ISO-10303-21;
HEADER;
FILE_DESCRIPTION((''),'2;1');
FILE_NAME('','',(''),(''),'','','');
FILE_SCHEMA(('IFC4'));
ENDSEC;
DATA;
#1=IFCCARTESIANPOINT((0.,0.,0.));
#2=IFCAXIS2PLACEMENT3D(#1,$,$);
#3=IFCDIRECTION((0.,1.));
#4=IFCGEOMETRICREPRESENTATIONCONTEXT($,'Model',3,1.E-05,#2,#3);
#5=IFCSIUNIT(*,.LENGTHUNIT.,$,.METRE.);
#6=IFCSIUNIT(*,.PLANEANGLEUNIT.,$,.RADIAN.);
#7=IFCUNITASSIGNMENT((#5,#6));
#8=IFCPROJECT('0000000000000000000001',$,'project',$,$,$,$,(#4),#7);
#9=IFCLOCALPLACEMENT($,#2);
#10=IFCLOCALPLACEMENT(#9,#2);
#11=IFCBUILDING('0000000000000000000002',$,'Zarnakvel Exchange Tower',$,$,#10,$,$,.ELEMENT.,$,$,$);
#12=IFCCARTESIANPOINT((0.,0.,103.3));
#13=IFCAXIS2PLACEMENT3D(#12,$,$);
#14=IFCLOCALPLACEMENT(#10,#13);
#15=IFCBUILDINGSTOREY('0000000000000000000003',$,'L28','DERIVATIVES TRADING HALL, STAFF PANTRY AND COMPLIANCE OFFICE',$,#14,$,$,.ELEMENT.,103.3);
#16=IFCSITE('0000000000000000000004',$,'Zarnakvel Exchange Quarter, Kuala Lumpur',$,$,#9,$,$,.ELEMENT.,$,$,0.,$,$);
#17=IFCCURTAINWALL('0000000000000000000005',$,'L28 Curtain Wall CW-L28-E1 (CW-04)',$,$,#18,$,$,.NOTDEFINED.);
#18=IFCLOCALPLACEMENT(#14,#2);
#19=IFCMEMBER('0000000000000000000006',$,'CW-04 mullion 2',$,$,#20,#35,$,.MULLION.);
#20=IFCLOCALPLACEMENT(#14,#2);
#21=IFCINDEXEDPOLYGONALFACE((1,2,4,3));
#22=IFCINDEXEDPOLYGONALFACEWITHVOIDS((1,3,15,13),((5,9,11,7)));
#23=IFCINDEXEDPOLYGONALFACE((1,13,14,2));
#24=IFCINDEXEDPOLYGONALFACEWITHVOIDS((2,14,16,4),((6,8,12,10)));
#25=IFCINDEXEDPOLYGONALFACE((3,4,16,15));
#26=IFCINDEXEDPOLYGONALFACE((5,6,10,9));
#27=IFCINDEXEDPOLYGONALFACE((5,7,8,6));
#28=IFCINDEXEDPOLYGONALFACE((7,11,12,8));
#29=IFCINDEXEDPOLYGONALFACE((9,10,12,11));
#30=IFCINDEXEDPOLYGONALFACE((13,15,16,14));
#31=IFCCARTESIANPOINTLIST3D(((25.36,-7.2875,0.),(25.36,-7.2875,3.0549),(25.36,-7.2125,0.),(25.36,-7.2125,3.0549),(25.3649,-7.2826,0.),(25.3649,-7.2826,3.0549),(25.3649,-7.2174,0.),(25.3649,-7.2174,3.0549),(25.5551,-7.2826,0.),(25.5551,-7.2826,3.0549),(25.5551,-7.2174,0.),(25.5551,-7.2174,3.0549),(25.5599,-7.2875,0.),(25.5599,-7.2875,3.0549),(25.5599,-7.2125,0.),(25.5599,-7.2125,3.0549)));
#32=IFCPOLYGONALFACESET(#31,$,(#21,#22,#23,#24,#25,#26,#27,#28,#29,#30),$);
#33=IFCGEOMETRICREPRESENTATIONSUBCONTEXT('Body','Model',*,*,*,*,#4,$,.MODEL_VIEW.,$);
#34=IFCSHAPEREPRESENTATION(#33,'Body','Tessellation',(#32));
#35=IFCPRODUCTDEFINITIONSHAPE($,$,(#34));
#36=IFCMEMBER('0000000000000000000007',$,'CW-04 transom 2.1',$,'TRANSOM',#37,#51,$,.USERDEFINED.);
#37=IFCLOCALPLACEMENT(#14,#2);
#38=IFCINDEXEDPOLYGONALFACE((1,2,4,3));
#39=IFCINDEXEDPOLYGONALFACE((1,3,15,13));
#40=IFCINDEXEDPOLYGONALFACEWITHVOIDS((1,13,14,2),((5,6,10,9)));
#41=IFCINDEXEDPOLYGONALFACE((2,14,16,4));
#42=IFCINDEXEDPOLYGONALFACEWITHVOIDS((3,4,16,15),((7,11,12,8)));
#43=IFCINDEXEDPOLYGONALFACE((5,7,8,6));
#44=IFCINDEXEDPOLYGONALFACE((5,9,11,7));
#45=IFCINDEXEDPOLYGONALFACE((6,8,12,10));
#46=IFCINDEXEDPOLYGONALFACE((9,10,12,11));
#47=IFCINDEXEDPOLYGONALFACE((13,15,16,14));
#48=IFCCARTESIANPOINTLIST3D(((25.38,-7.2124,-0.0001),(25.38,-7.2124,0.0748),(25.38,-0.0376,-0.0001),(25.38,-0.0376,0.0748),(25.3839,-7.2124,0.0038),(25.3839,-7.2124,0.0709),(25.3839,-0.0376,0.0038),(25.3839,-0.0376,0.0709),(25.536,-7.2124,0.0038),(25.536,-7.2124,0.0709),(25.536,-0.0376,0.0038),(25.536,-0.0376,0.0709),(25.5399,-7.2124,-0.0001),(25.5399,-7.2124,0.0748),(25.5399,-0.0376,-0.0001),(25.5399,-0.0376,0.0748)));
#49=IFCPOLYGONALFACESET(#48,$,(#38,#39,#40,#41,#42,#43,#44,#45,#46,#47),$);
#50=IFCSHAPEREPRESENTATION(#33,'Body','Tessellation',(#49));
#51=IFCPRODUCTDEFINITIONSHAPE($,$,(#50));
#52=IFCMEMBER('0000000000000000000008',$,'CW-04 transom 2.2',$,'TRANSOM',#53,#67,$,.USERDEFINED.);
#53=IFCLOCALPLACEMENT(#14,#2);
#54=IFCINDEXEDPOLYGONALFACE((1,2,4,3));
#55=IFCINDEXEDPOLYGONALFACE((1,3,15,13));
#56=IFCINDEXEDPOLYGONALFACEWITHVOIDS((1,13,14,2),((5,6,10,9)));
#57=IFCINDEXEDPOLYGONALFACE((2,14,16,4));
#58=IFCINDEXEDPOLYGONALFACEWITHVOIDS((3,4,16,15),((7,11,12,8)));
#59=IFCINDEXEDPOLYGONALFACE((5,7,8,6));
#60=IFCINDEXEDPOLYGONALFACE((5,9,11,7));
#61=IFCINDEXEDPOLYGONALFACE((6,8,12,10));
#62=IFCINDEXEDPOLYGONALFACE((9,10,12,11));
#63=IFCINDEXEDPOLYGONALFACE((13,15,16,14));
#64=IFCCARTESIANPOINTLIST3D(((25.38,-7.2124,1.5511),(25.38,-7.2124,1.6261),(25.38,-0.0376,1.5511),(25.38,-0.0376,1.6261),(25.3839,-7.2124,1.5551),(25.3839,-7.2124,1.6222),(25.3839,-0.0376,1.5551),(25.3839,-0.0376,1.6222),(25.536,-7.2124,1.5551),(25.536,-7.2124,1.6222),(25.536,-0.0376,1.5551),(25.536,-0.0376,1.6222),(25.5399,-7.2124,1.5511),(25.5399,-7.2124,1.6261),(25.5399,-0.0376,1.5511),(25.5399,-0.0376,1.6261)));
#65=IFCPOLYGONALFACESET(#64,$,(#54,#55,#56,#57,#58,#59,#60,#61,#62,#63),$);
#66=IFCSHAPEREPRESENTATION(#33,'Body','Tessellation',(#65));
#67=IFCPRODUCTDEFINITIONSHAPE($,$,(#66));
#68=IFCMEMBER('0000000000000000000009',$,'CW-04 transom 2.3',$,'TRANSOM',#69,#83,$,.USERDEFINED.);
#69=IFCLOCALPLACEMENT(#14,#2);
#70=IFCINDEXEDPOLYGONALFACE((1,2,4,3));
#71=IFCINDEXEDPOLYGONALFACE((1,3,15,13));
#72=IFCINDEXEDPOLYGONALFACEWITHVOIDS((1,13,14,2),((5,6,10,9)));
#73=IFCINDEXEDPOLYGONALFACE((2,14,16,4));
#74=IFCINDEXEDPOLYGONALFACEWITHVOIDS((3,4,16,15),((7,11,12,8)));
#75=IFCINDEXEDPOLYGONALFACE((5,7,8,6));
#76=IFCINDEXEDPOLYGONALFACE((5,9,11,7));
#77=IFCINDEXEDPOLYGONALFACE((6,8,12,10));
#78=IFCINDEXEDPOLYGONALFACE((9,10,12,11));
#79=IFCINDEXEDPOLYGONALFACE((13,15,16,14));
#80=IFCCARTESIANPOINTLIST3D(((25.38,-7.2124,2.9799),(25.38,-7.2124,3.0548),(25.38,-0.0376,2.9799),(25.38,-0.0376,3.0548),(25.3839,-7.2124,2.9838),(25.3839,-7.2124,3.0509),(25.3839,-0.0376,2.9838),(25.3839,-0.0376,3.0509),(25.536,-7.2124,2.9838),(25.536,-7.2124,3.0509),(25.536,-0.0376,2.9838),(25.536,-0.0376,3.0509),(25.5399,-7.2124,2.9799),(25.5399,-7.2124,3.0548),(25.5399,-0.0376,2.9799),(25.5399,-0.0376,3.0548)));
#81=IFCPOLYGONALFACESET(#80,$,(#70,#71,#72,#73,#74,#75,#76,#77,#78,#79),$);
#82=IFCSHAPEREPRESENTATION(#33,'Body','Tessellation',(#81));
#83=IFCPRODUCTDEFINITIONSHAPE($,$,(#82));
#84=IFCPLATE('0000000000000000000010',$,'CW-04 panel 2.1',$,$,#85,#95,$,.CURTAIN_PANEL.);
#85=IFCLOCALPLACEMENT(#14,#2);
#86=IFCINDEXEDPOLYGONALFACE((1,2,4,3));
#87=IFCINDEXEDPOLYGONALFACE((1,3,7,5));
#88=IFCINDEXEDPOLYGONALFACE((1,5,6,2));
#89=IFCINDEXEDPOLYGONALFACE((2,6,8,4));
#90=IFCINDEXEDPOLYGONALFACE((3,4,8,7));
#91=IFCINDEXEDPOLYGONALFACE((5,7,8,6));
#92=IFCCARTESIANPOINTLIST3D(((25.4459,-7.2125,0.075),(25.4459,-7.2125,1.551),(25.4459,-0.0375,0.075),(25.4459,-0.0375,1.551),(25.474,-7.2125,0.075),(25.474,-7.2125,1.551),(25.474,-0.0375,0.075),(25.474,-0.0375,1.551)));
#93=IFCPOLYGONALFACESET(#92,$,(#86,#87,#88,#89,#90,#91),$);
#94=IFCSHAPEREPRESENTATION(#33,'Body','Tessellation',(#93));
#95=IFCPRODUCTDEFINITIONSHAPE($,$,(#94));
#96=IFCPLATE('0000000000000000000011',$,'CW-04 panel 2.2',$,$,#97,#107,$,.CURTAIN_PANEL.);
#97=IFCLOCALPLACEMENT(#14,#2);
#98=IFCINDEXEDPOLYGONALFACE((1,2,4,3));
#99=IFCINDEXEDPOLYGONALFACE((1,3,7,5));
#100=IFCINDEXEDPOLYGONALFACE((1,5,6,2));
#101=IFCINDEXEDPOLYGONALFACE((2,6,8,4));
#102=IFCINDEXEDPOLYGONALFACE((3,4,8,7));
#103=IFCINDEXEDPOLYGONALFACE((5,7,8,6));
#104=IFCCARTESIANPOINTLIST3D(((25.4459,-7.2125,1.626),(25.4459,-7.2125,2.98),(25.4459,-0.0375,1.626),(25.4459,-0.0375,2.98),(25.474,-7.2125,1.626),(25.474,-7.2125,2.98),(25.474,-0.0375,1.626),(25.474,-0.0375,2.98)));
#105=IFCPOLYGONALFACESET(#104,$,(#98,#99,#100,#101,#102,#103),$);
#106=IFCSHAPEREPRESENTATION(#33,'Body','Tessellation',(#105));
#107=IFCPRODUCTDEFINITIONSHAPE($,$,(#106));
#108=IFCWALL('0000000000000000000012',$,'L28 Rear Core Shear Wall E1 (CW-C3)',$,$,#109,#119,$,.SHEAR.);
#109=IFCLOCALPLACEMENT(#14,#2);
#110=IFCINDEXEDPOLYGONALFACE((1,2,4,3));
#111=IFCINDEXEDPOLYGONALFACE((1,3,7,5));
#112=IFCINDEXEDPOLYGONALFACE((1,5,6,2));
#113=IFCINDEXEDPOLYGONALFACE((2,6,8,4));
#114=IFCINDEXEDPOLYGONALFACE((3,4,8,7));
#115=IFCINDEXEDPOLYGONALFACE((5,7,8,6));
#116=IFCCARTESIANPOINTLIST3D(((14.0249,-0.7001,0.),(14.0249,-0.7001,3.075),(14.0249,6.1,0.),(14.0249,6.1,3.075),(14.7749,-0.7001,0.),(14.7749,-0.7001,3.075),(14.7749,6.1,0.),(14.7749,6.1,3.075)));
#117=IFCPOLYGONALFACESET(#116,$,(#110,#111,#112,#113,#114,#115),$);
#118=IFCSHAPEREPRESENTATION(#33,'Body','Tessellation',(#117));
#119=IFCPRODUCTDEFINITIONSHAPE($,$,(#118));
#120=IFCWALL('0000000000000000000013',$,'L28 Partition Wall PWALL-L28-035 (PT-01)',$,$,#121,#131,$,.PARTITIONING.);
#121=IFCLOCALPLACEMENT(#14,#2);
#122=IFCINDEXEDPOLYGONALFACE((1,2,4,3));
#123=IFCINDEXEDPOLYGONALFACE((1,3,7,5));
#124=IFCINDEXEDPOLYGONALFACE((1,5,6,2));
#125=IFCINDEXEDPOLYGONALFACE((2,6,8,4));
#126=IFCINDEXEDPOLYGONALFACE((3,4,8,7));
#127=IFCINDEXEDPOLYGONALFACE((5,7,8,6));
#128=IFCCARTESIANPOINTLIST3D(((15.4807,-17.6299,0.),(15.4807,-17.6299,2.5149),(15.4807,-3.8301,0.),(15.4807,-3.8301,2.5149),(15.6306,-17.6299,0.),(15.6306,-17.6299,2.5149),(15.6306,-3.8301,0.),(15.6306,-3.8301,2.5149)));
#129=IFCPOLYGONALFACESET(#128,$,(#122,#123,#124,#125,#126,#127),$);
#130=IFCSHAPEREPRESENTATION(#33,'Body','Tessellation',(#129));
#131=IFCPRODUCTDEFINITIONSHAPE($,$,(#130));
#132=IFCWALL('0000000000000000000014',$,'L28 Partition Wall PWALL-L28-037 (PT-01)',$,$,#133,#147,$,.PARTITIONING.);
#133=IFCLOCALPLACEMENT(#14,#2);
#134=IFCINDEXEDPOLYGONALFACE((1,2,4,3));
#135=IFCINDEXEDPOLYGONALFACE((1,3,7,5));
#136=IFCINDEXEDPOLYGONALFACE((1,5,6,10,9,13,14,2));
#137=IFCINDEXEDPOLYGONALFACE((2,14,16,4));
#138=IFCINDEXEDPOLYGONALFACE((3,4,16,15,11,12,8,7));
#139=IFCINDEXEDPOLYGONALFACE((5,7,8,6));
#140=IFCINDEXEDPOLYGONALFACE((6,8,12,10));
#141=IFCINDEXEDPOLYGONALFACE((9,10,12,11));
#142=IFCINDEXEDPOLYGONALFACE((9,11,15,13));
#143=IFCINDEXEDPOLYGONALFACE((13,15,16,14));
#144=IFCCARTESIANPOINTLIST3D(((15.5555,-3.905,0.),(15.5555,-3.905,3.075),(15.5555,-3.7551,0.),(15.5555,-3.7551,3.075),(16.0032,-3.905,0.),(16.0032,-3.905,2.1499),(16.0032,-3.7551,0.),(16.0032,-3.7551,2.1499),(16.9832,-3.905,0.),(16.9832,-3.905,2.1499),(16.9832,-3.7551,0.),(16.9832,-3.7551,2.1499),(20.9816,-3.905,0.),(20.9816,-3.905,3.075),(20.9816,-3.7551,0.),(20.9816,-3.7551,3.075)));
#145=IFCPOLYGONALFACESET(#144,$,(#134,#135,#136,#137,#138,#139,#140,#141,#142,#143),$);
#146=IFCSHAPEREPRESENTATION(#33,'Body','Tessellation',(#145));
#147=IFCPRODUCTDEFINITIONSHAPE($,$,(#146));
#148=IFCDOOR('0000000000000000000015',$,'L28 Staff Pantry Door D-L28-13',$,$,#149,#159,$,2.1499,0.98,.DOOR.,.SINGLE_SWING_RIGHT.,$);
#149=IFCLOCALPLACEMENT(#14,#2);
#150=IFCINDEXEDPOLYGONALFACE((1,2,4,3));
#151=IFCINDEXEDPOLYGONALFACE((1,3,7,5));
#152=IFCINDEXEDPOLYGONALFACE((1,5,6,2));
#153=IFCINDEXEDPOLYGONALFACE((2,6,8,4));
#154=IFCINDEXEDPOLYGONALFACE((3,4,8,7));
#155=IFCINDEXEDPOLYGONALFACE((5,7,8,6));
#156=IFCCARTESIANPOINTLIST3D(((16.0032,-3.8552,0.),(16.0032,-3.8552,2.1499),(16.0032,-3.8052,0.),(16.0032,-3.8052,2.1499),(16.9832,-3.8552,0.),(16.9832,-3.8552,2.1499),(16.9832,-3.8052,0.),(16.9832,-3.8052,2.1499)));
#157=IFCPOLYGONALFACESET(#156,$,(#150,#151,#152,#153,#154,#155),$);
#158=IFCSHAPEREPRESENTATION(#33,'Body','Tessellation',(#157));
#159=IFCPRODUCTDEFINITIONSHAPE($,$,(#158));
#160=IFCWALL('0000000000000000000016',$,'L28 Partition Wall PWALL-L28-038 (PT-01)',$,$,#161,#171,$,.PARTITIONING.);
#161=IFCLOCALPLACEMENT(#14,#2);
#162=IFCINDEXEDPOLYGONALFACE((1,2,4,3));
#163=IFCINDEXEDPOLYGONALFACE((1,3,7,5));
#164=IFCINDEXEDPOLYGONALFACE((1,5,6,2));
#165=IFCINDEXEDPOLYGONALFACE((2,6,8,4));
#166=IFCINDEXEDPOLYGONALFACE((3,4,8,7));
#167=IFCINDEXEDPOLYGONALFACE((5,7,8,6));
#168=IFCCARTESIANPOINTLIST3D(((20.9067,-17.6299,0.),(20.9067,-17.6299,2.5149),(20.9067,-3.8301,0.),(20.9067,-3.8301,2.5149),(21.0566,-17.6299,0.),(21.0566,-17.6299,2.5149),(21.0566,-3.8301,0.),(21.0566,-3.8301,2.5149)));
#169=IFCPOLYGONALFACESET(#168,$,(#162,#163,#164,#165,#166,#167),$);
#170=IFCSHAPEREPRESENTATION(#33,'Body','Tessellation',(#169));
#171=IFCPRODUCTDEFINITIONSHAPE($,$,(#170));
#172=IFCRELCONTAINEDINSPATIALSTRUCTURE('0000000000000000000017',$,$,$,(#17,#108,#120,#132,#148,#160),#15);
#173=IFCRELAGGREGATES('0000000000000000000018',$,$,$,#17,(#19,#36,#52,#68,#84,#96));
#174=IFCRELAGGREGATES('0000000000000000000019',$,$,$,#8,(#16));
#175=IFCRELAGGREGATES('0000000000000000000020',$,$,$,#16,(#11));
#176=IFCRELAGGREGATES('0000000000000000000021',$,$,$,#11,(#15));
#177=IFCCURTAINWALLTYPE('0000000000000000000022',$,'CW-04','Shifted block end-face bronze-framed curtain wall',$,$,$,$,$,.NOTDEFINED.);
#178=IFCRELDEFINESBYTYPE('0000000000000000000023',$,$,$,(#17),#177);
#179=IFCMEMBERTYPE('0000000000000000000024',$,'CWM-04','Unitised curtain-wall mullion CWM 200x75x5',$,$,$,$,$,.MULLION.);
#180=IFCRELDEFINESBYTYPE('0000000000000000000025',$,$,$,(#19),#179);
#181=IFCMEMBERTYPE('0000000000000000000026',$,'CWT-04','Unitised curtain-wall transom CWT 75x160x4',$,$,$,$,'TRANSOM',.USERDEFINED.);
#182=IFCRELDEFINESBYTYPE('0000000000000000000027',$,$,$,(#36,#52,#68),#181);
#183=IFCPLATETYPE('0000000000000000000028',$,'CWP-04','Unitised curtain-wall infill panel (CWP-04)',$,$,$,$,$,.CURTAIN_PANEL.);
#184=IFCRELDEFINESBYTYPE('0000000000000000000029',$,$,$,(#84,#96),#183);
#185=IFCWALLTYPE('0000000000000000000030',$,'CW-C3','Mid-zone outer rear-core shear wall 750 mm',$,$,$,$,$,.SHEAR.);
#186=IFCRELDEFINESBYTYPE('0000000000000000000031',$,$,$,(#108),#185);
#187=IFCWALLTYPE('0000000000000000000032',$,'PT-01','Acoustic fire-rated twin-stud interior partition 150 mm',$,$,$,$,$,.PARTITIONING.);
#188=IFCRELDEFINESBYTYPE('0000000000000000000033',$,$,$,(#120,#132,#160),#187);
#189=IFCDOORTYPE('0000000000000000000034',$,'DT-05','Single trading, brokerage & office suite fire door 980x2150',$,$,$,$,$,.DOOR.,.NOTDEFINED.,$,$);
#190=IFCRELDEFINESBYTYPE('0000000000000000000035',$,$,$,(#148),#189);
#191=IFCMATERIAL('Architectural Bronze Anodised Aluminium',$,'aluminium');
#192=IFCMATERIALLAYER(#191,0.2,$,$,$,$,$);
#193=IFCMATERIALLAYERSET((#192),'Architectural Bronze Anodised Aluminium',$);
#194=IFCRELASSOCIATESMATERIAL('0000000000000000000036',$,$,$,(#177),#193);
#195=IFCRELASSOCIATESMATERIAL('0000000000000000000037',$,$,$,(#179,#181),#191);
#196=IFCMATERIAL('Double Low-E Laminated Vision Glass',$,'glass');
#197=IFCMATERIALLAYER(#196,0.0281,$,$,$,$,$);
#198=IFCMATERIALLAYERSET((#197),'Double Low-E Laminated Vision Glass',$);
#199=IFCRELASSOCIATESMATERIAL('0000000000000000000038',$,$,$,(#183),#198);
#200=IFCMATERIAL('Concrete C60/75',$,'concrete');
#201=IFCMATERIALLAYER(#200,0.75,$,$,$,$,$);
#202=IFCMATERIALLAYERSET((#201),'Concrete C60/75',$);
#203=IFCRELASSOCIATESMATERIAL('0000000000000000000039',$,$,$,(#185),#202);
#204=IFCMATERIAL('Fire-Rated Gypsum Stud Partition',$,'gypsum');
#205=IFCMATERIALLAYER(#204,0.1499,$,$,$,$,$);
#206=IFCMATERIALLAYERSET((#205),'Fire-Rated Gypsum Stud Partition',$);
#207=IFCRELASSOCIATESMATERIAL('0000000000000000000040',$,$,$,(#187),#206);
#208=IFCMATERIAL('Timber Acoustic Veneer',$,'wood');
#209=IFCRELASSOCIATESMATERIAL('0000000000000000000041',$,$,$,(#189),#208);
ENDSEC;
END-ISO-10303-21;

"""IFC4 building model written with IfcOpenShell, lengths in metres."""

from ifc_helpers import new_model, si_unit, direction, frame, frame_2d, origin, origin_2d, place, context, subcontext, project, spatial, rectangle, hollow_rectangle, extrude, source, transform, mapped, material, layer, layer_set, material_profile, profile_set, type_object, element, fill, aggregate, save


model = new_model("IFC4")

# Units and contexts
model_context = context("Model", 3, precision=1e-05, world=origin(), true_north=direction((0.0, 1.0)))
body_context = subcontext(model_context, "Body", "Model", "MODEL_VIEW")
ifc_project = project(units=[si_unit("LENGTHUNIT", "METRE"), si_unit("PLANEANGLEUNIT", "RADIAN")], contexts=[model_context])

# Site, building, storey
site_placement = place(None, origin())
site = spatial("IfcSite", under=ifc_project, at=site_placement, Name="Zarnakvel Exchange Quarter, Kuala Lumpur", CompositionType="ELEMENT", RefElevation=0.0)
building_placement = place(site_placement, origin())
building = spatial("IfcBuilding", under=site, at=building_placement, Name="Zarnakvel Exchange Tower", CompositionType="ELEMENT")
storey_placement = place(building_placement, frame((0.0, 0.0, 103.3)))
storey = spatial("IfcBuildingStorey", under=building, at=storey_placement, Name="L28", Description="DERIVATIVES TRADING HALL, STAFF PANTRY AND COMPLIANCE OFFICE", CompositionType="ELEMENT", Elevation=103.3)

# Shared definitions
ifc_material_1 = material(Name="Concrete C60/75", Category="concrete")

# Curtain wall, members, plates
ifc_material_2 = material(Name="Architectural Bronze Anodised Aluminium", Category="aluminium")
ifc_layer_1 = layer(ifc_material_2, 0.2)
ifc_layer_set_1 = layer_set([ifc_layer_1], Name="Architectural Bronze Anodised Aluminium")
curtain_wall_type = type_object("IfcCurtainWallType", Name="CW-04", Description="Shifted block end-face bronze-framed curtain wall", PredefinedType="NOTDEFINED", material=ifc_layer_set_1)
curtain_wall_placement = place(storey_placement, origin())
curtain_wall = element("IfcCurtainWall", 1, at=curtain_wall_placement, inside=storey, type_object=curtain_wall_type, Name="L28 Curtain Wall CW-L28-E1 (CW-04)", PredefinedType="NOTDEFINED")
ifc_material_profile_1 = material_profile(ifc_material_2, hollow_rectangle(XDim=0.2, YDim=0.075, WallThickness=0.0049, at=origin_2d()))
ifc_profile_set_1 = profile_set([ifc_material_profile_1], Name="Architectural Bronze Anodised Aluminium")
member_type_1 = type_object("IfcMemberType", Name="CWM-04", Description="Unitised curtain-wall mullion CWM 200x75x5", PredefinedType="MULLION", material=ifc_profile_set_1)
shared_shape_1 = source(origin(), body_context, "Body", "SweptSolid", [
    extrude(hollow_rectangle(XDim=0.2, YDim=0.075, WallThickness=0.0049, at=origin_2d()), origin(), (0.0, 0.0, 1.0), 3.0549),
])
member_1_placement = place(storey_placement, frame((25.46, -7.25, 0.0), z_axis=(0.0, 0.0, 1.0), x_axis=(-1.0, 0.0, 0.0)))
member_1 = element("IfcMember", 2, at=member_1_placement, type_object=member_type_1, Name="CW-04 mullion 2", PredefinedType="MULLION", context=body_context, shape_type="MappedRepresentation", body=[
    mapped(shared_shape_1, transform((0.0, 0.0, 0.0), x_axis=(1.0, 0.0, 0.0), y_axis=(0.0, 1.0, 0.0), z_axis=(0.0, 0.0, 1.0), scale=1.0)),
])
ifc_material_profile_2 = material_profile(ifc_material_2, hollow_rectangle(XDim=0.1599, YDim=0.075, WallThickness=0.0039, at=origin_2d()))
ifc_profile_set_2 = profile_set([ifc_material_profile_2], Name="Architectural Bronze Anodised Aluminium")
member_type_2 = type_object("IfcMemberType", Name="CWT-04", Description="Unitised curtain-wall transom CWT 75x160x4", ElementType="TRANSOM", PredefinedType="USERDEFINED", material=ifc_profile_set_2)
shared_shape_2 = source(origin(), body_context, "Body", "SweptSolid", [
    extrude(hollow_rectangle(XDim=0.1599, YDim=0.075, WallThickness=0.0039, at=origin_2d()), origin(), (0.0, 0.0, 1.0), 7.1748),
])
member_2_placement = place(storey_placement, frame((25.46, -7.2124, 0.0374), z_axis=(0.0, 1.0, 0.0), x_axis=(-1.0, 0.0, 0.0)))
member_2 = element("IfcMember", 3, at=member_2_placement, type_object=member_type_2, Name="CW-04 transom 2.1", ObjectType="TRANSOM", PredefinedType="USERDEFINED", context=body_context, shape_type="MappedRepresentation", body=[
    mapped(shared_shape_2, transform((0.0, 0.0, 0.0), x_axis=(1.0, 0.0, 0.0), y_axis=(0.0, 1.0, 0.0), z_axis=(0.0, 0.0, 1.0), scale=1.0)),
])
member_3_placement = place(storey_placement, frame((25.46, -7.2124, 1.5886), z_axis=(0.0, 1.0, 0.0), x_axis=(-1.0, 0.0, 0.0)))
member_3 = element("IfcMember", 4, at=member_3_placement, type_object=member_type_2, Name="CW-04 transom 2.2", ObjectType="TRANSOM", PredefinedType="USERDEFINED", context=body_context, shape_type="MappedRepresentation", body=[
    mapped(shared_shape_2, transform((0.0, 0.0, 0.0), x_axis=(1.0, 0.0, 0.0), y_axis=(0.0, 1.0, 0.0), z_axis=(0.0, 0.0, 1.0), scale=1.0)),
])
member_4_placement = place(storey_placement, frame((25.46, -7.2124, 3.0173), z_axis=(0.0, 1.0, 0.0), x_axis=(-1.0, 0.0, 0.0)))
member_4 = element("IfcMember", 5, at=member_4_placement, type_object=member_type_2, Name="CW-04 transom 2.3", ObjectType="TRANSOM", PredefinedType="USERDEFINED", context=body_context, shape_type="MappedRepresentation", body=[
    mapped(shared_shape_2, transform((0.0, 0.0, 0.0), x_axis=(1.0, 0.0, 0.0), y_axis=(0.0, 1.0, 0.0), z_axis=(0.0, 0.0, 1.0), scale=1.0)),
])
ifc_material_3 = material(Name="Double Low-E Laminated Vision Glass", Category="glass")
ifc_layer_2 = layer(ifc_material_3, 0.0281)
ifc_layer_set_2 = layer_set([ifc_layer_2], Name="Double Low-E Laminated Vision Glass")
plate_type = type_object("IfcPlateType", Name="CWP-04", Description="Unitised curtain-wall infill panel (CWP-04)", PredefinedType="CURTAIN_PANEL", material=ifc_layer_set_2)
shared_shape_3 = source(origin(), body_context, "Body", "SweptSolid", [
    extrude(rectangle(XDim=7.175, YDim=0.0281, at=origin_2d()), origin(), (0.0, 0.0, 1.0), 1.4761),
])
plate_1_placement = place(storey_placement, frame((25.46, -3.625, 0.075), z_axis=(0.0, 0.0, 1.0), x_axis=(0.0, 1.0, 0.0)))
plate_1 = element("IfcPlate", 6, at=plate_1_placement, type_object=plate_type, Name="CW-04 panel 2.1", PredefinedType="CURTAIN_PANEL", context=body_context, shape_type="MappedRepresentation", body=[
    mapped(shared_shape_3, transform((0.0, 0.0, 0.0), x_axis=(1.0, 0.0, 0.0), y_axis=(0.0, 1.0, 0.0), z_axis=(0.0, 0.0, 1.0), scale=1.0)),
])
shared_shape_4 = source(origin(), body_context, "Body", "SweptSolid", [
    extrude(rectangle(XDim=7.175, YDim=0.0281, at=origin_2d()), origin(), (0.0, 0.0, 1.0), 1.354),
])
plate_2_placement = place(storey_placement, frame((25.46, -3.625, 1.626), z_axis=(0.0, 0.0, 1.0), x_axis=(0.0, 1.0, 0.0)))
plate_2 = element("IfcPlate", 7, at=plate_2_placement, type_object=plate_type, Name="CW-04 panel 2.2", PredefinedType="CURTAIN_PANEL", context=body_context, shape_type="MappedRepresentation", body=[
    mapped(shared_shape_4, transform((0.0, 0.0, 0.0), x_axis=(1.0, 0.0, 0.0), y_axis=(0.0, 1.0, 0.0), z_axis=(0.0, 0.0, 1.0), scale=1.0)),
])
aggregate(curtain_wall, [member_1, member_2, member_3, member_4, plate_1, plate_2])

# Wall
ifc_layer_3 = layer(ifc_material_1, 0.75)
ifc_layer_set_3 = layer_set([ifc_layer_3], Name="Concrete C60/75")
wall_type_1 = type_object("IfcWallType", Name="CW-C3", Description="Mid-zone outer rear-core shear wall 750 mm", PredefinedType="SHEAR", material=ifc_layer_set_3)
wall_1_placement = place(storey_placement, frame((14.3999, -0.7, 0.0), z_axis=(0.0, 0.0, 1.0), x_axis=(0.0, 1.0, 0.0)))
element("IfcWall", 8, at=wall_1_placement, inside=storey, type_object=wall_type_1, Name="L28 Rear Core Shear Wall E1 (CW-C3)", PredefinedType="SHEAR", context=body_context, shape_type="SweptSolid", body=[
    extrude(rectangle(XDim=6.8, YDim=0.75, at=frame_2d((3.3999, 0.0))), origin(), (0.0, 0.0, 1.0), 3.075),
])

# Wall
ifc_material_4 = material(Name="Fire-Rated Gypsum Stud Partition", Category="gypsum")
ifc_layer_4 = layer(ifc_material_4, 0.1499)
ifc_layer_set_4 = layer_set([ifc_layer_4], Name="Fire-Rated Gypsum Stud Partition")
wall_type_2 = type_object("IfcWallType", Name="PT-01", Description="Acoustic fire-rated twin-stud interior partition 150 mm", PredefinedType="PARTITIONING", material=ifc_layer_set_4)
wall_2_placement = place(storey_placement, frame((15.5557, -3.8301, 0.0), z_axis=(0.0, 0.0, 1.0), x_axis=(0.0, -1.0, 0.0)))
element("IfcWall", 9, at=wall_2_placement, inside=storey, type_object=wall_type_2, Name="L28 Partition Wall PWALL-L28-035 (PT-01)", PredefinedType="PARTITIONING", context=body_context, shape_type="SweptSolid", body=[
    extrude(rectangle(XDim=13.7998, YDim=0.1499, at=frame_2d((6.8999, 0.0))), origin(), (0.0, 0.0, 1.0), 2.5149),
])

# Wall, opening, door
wall_3_placement = place(storey_placement, frame((15.5557, -3.8301, 0.0), z_axis=(0.0, 0.0, 1.0), x_axis=(1.0, 0.0, 0.0)))
wall_3 = element("IfcWall", 10, at=wall_3_placement, inside=storey, type_object=wall_type_2, Name="L28 Partition Wall PWALL-L28-037 (PT-01)", PredefinedType="PARTITIONING", context=body_context, shape_type="SweptSolid", body=[
    extrude(rectangle(XDim=5.426, YDim=0.1499, at=frame_2d((2.7129, 0.0))), origin(), (0.0, 0.0, 1.0), 3.075),
])
opening_1_placement = place(wall_3_placement, frame((0.4475, 0.0, 0.0)))
opening_1 = element("IfcOpeningElement", 11, at=opening_1_placement, cuts=wall_3, PredefinedType="OPENING", context=body_context, shape_type="SweptSolid", body=[
    extrude(rectangle(XDim=0.98, YDim=2.1499, at=frame_2d((0.49, 1.075))), frame((0.0, 0.085, 0.0), z_axis=(0.0, -1.0, 0.0), x_axis=(1.0, 0.0, 0.0)), (0.0, 0.0, 1.0), 0.1699),
])
ifc_material_5 = material(Name="Timber Acoustic Veneer", Category="wood")
door_type_1 = type_object("IfcDoorType", Name="DT-05", Description="Single trading, brokerage & office suite fire door 980x2150", OperationType="NOTDEFINED", PredefinedType="DOOR", material=ifc_material_5)
shared_shape_5 = source(origin(), body_context, "Body", "SweptSolid", [
    extrude(rectangle(XDim=0.98, YDim=2.1499, at=frame_2d((0.49, 1.075))), frame((0.0, 0.0249, 0.0), z_axis=(0.0, -1.0, 0.0), x_axis=(1.0, 0.0, 0.0)), (0.0, 0.0, 1.0), 0.05),
])
door_1_placement = place(opening_1_placement, origin())
door_1 = element("IfcDoor", 12, at=door_1_placement, inside=storey, type_object=door_type_1, Name="L28 Staff Pantry Door D-L28-13", OperationType="SINGLE_SWING_RIGHT", OverallHeight=2.1499, OverallWidth=0.98, PredefinedType="DOOR", context=body_context, shape_type="MappedRepresentation", body=[
    mapped(shared_shape_5, transform((0.0, 0.0, 0.0), x_axis=(1.0, 0.0, 0.0), y_axis=(0.0, 1.0, 0.0), z_axis=(0.0, 0.0, 1.0), scale=1.0)),
])
fill(opening_1, door_1)

# Wall
wall_4_placement = place(storey_placement, frame((20.9817, -3.8301, 0.0), z_axis=(0.0, 0.0, 1.0), x_axis=(0.0, -1.0, 0.0)))
element("IfcWall", 13, at=wall_4_placement, inside=storey, type_object=wall_type_2, Name="L28 Partition Wall PWALL-L28-038 (PT-01)", PredefinedType="PARTITIONING", context=body_context, shape_type="SweptSolid", body=[
    extrude(rectangle(XDim=13.7998, YDim=0.1499, at=frame_2d((6.8999, 0.0))), origin(), (0.0, 0.0, 1.0), 2.5149),
])

save(model, "model.ifc")
